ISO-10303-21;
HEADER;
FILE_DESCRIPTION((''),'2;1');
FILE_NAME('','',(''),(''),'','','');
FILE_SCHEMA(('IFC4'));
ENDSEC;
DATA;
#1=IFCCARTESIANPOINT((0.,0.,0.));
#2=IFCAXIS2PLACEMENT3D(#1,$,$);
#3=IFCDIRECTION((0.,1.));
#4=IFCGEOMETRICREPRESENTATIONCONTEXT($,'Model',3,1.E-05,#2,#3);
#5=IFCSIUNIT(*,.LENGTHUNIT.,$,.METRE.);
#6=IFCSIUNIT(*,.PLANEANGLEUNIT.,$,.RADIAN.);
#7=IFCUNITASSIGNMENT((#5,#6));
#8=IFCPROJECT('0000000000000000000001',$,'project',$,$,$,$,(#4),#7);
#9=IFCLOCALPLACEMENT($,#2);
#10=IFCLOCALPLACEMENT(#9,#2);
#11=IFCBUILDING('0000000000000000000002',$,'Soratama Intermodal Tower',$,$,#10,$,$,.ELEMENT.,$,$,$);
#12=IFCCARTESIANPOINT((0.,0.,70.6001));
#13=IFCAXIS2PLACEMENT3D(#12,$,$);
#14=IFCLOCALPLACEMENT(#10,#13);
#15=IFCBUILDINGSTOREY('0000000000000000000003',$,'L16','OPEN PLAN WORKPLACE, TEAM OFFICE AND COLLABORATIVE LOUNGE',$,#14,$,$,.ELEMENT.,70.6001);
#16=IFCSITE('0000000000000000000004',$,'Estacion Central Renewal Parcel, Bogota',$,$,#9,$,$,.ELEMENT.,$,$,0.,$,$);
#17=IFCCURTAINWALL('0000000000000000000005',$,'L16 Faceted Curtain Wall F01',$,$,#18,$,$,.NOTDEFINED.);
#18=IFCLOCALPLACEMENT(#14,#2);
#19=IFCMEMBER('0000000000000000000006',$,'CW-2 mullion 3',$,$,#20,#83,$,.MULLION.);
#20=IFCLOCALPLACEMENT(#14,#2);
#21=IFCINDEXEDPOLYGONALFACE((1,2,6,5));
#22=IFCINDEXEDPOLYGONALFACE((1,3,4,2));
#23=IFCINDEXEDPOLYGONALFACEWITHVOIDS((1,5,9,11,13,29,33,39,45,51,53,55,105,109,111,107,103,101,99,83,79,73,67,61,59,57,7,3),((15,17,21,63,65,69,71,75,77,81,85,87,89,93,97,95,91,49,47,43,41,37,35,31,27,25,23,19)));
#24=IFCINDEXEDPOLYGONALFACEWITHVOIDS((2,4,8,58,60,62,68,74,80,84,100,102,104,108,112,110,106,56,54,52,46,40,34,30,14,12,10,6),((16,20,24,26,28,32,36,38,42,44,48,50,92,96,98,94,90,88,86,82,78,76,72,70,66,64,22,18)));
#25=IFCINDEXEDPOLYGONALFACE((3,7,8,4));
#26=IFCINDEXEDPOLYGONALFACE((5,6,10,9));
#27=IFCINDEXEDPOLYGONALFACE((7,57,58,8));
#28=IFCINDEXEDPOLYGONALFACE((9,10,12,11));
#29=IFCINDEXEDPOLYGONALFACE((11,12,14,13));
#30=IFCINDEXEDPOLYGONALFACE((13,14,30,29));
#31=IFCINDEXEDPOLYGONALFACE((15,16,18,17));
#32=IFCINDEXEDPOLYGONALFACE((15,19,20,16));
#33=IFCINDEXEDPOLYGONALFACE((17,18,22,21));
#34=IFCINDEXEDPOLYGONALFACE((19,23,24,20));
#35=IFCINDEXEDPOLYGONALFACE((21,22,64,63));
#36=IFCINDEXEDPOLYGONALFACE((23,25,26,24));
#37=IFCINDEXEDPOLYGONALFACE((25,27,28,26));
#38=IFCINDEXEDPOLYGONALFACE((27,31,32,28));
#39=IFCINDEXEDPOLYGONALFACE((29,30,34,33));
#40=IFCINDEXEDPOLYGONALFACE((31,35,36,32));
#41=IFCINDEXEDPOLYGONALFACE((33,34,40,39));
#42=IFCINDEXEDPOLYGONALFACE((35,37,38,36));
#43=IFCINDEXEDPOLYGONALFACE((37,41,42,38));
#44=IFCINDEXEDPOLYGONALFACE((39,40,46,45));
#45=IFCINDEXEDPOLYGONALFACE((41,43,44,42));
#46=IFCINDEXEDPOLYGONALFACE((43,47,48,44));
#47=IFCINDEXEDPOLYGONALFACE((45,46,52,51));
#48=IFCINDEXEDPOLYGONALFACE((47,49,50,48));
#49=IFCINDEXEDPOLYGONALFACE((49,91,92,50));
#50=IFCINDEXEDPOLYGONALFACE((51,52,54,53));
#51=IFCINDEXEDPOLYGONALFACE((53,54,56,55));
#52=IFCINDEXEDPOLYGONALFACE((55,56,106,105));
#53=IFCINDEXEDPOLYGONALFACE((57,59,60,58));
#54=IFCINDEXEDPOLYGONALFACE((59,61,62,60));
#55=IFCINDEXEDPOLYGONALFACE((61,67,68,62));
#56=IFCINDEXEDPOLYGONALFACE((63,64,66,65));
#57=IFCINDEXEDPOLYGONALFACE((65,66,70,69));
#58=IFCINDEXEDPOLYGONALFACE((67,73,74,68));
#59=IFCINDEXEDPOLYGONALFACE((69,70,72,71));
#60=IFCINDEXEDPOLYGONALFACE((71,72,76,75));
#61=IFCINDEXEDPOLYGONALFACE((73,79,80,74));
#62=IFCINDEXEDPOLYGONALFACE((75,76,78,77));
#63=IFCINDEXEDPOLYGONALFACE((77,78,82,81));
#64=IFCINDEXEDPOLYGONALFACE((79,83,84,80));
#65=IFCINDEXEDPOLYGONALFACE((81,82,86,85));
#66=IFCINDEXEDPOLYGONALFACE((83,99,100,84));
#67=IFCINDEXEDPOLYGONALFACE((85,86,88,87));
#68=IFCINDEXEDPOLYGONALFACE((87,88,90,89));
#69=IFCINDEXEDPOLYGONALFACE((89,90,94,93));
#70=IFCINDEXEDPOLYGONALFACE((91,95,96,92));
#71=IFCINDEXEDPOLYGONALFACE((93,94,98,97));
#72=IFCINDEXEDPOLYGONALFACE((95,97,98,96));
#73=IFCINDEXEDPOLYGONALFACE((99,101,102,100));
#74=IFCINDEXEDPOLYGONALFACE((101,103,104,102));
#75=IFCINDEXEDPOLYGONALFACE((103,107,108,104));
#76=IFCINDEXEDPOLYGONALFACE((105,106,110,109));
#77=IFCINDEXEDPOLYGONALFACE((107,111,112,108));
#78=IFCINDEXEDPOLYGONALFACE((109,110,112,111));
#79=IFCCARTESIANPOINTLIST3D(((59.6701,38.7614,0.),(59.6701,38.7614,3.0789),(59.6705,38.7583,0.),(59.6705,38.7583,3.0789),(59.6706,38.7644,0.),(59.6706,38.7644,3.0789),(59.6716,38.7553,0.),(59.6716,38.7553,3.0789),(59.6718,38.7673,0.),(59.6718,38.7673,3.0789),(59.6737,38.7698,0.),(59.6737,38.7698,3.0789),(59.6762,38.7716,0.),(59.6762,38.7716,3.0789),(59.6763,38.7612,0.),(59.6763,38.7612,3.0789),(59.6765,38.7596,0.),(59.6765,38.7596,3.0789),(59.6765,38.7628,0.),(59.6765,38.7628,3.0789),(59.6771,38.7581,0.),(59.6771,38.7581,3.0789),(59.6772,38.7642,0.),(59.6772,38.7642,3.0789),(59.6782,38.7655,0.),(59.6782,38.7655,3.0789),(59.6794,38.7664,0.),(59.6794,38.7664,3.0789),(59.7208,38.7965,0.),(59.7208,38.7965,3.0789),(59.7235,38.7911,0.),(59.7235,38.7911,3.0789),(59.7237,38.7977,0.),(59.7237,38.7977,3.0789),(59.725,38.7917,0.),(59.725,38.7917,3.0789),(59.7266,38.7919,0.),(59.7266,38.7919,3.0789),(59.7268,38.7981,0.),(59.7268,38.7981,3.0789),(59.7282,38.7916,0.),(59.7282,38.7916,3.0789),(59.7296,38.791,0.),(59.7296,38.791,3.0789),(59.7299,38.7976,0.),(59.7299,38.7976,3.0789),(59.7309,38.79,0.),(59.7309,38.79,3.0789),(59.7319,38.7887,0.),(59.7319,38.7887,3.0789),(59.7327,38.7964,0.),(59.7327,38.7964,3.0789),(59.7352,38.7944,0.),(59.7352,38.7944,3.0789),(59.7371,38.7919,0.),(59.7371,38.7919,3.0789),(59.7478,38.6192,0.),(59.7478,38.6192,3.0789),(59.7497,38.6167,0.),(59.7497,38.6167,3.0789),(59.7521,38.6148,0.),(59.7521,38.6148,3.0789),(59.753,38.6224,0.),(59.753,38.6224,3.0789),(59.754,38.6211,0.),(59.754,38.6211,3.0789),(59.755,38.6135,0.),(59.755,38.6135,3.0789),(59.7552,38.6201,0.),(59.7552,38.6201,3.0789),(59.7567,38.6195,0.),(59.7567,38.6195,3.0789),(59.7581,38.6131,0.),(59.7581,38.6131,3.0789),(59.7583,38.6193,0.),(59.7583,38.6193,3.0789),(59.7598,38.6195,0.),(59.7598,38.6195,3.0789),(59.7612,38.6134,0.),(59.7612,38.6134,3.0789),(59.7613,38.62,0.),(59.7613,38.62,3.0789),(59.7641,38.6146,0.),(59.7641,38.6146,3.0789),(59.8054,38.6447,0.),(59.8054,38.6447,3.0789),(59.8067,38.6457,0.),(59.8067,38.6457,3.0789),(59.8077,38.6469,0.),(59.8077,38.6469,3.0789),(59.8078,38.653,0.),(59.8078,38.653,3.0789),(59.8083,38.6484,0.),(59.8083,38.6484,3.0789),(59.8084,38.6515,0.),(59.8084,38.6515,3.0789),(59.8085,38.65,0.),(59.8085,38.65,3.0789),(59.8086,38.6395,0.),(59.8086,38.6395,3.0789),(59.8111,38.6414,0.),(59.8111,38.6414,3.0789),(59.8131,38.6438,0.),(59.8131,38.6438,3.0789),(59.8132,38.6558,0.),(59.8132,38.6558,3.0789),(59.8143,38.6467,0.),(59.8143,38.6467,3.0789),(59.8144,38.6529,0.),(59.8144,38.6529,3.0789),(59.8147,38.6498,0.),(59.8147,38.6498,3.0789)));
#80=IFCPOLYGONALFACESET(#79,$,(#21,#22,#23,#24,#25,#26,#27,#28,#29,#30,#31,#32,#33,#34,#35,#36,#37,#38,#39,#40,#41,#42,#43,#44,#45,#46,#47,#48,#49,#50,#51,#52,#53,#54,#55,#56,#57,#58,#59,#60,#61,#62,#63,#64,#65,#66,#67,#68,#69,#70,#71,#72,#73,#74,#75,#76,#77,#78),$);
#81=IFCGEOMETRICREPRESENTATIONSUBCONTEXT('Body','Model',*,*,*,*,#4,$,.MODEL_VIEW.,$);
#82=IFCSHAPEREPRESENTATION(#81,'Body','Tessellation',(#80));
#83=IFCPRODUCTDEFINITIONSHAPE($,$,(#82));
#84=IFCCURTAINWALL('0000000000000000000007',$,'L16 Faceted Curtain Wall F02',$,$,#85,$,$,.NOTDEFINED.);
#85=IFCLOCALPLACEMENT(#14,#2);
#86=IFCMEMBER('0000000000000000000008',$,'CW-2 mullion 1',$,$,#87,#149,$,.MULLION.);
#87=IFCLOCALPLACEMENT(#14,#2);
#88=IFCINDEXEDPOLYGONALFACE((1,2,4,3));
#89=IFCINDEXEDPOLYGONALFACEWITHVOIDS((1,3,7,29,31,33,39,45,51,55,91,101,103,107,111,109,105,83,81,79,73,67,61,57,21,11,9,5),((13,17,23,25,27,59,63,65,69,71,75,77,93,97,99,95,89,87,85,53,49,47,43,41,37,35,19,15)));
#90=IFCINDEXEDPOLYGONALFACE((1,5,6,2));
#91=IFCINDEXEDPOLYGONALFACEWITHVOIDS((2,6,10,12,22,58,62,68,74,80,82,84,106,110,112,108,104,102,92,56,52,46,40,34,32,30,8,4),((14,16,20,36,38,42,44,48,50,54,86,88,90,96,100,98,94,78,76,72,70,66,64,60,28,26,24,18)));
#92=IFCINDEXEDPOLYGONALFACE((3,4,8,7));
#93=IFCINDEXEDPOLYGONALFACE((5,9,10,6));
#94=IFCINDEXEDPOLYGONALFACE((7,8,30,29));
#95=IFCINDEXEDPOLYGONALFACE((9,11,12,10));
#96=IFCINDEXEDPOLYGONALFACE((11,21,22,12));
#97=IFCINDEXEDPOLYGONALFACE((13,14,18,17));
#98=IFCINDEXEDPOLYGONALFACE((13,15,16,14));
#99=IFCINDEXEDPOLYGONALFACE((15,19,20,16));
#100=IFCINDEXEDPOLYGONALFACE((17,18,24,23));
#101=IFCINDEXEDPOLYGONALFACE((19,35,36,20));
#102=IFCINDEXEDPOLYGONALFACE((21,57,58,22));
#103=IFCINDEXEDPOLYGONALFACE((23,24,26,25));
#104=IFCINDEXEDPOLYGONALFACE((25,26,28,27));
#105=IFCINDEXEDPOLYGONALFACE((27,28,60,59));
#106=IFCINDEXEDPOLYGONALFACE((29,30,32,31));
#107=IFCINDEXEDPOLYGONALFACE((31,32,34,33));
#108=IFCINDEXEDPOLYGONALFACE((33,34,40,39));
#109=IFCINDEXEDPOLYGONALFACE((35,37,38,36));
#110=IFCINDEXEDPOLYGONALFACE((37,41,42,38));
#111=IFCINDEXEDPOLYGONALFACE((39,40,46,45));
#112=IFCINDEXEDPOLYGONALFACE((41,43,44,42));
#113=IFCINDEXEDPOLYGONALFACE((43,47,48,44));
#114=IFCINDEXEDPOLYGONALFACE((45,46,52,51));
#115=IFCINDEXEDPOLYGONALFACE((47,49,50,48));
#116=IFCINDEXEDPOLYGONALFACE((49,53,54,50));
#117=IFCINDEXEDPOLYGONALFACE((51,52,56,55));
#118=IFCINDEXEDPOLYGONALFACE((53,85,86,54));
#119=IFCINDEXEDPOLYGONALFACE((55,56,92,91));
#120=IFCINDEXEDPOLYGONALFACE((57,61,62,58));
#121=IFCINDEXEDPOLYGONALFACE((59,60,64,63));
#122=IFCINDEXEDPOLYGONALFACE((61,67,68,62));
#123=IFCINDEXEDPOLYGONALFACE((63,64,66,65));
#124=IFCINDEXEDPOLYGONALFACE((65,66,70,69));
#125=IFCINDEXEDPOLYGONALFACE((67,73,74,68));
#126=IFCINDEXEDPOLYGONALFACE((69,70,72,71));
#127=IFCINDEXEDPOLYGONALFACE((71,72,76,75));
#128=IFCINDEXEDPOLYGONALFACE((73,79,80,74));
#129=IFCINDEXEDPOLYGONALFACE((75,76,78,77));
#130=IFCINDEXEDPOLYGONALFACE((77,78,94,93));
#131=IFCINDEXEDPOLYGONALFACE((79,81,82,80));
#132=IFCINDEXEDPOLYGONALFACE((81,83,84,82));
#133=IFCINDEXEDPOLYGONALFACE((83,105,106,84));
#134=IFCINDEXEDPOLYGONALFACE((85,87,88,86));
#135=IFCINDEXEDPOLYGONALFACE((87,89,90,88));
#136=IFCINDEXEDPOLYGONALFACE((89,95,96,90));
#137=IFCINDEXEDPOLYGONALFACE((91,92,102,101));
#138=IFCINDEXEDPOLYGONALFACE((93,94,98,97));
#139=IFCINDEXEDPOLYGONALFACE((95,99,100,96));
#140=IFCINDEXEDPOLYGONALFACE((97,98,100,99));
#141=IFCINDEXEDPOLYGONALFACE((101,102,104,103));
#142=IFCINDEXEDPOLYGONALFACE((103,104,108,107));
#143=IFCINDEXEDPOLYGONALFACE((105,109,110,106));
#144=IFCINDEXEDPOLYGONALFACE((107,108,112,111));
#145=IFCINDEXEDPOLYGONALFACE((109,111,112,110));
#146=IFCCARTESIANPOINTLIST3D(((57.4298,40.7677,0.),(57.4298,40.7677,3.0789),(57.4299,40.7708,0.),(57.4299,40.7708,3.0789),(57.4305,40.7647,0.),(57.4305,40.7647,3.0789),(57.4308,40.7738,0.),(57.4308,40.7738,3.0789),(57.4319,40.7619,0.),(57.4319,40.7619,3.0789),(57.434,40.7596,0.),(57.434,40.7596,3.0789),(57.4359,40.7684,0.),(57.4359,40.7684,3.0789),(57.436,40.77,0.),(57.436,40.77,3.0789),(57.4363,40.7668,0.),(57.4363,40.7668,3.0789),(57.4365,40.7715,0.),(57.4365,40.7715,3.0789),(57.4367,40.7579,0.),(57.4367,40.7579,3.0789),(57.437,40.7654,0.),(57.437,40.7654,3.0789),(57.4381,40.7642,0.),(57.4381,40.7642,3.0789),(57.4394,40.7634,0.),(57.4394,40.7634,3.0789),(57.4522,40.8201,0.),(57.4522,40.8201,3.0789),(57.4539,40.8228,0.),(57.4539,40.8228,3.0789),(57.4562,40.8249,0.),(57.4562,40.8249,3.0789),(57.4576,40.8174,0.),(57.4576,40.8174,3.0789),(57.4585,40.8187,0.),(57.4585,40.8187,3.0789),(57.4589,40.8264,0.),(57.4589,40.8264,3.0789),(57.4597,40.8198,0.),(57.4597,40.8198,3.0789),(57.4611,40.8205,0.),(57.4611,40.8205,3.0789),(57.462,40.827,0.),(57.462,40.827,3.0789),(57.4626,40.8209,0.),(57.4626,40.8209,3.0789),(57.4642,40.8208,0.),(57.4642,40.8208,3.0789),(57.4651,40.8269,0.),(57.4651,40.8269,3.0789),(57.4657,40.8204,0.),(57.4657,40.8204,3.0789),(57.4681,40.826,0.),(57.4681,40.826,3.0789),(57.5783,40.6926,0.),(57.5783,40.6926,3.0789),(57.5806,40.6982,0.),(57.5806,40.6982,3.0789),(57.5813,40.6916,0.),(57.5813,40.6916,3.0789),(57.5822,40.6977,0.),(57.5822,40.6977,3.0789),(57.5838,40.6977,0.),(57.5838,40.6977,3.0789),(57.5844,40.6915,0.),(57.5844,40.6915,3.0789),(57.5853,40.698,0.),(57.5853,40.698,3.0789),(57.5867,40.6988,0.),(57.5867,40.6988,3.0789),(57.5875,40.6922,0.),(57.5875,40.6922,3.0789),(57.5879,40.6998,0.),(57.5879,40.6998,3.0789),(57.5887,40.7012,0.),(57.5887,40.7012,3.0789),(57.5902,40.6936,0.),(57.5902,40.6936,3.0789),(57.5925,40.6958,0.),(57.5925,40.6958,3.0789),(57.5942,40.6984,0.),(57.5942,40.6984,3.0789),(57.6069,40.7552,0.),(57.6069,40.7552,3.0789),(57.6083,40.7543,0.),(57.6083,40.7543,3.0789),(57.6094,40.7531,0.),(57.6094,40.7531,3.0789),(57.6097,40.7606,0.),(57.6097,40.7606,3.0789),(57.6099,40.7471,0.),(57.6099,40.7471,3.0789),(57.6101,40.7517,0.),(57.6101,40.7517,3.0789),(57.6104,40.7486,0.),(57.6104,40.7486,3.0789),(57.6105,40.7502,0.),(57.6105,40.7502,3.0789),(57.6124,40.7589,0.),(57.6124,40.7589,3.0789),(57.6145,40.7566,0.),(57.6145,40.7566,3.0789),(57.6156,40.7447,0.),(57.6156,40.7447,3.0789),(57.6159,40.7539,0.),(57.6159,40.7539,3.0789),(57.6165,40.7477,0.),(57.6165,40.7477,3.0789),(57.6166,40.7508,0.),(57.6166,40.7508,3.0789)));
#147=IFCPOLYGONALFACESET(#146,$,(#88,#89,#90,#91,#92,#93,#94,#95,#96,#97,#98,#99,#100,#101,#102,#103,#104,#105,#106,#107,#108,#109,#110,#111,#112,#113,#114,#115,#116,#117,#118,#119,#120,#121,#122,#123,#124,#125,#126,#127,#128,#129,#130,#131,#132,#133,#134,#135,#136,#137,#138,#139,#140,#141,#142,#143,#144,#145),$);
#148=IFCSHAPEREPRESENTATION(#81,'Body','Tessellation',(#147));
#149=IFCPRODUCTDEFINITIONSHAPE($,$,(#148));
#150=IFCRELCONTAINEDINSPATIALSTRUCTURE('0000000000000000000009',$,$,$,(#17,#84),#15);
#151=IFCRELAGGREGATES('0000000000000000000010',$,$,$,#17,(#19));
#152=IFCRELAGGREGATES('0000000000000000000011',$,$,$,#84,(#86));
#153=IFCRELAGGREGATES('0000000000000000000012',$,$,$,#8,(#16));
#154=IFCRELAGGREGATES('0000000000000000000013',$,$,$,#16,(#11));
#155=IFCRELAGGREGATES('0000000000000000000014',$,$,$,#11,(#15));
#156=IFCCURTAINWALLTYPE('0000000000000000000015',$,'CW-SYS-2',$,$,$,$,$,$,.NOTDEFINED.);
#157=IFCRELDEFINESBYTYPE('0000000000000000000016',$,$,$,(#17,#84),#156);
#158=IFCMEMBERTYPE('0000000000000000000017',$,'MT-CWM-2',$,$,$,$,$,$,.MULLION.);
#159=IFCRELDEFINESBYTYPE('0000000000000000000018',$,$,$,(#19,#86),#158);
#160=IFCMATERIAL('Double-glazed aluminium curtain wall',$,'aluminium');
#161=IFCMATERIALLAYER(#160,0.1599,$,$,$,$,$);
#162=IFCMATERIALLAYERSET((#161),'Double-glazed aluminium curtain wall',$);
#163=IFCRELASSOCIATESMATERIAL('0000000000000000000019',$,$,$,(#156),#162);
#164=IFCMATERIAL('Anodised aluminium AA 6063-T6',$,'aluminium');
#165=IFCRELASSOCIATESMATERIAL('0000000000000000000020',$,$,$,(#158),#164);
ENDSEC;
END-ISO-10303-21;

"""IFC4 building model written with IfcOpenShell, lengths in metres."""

from ifc_helpers import new_model, si_unit, direction, frame, origin, origin_2d, place, context, subcontext, project, spatial, hollow_rectangle, extrude, material, layer, layer_set, material_profile, profile_set, type_object, element, aggregate, save


model = new_model("IFC4")

# Units and contexts
model_context = context("Model", 3, precision=1e-05, world=origin(), true_north=direction((0.0, 1.0)))
body_context = subcontext(model_context, "Body", "Model", "MODEL_VIEW")
ifc_project = project(units=[si_unit("LENGTHUNIT", "METRE"), si_unit("PLANEANGLEUNIT", "RADIAN")], contexts=[model_context])

# Site, building, storey
site_placement = place(None, origin())
site = spatial("IfcSite", under=ifc_project, at=site_placement, Name="Estacion Central Renewal Parcel, Bogota", CompositionType="ELEMENT", RefElevation=0.0)
building_placement = place(site_placement, origin())
building = spatial("IfcBuilding", under=site, at=building_placement, Name="Soratama Intermodal Tower", CompositionType="ELEMENT")
storey_placement = place(building_placement, frame((0.0, 0.0, 70.6001)))
storey = spatial("IfcBuildingStorey", under=building, at=storey_placement, Name="L16", Description="OPEN PLAN WORKPLACE, TEAM OFFICE AND COLLABORATIVE LOUNGE", CompositionType="ELEMENT", Elevation=70.6001)

# Curtain wall, member
ifc_material_1 = material(Name="Double-glazed aluminium curtain wall", Category="aluminium")
ifc_layer_1 = layer(ifc_material_1, 0.1599)
ifc_layer_set_1 = layer_set([ifc_layer_1], Name="Double-glazed aluminium curtain wall")
curtain_wall_type = type_object("IfcCurtainWallType", Name="CW-SYS-2", PredefinedType="NOTDEFINED", material=ifc_layer_set_1)
curtain_wall_1_placement = place(storey_placement, origin())
curtain_wall_1 = element("IfcCurtainWall", 1, at=curtain_wall_1_placement, inside=storey, type_object=curtain_wall_type, Name="L16 Faceted Curtain Wall F01", PredefinedType="NOTDEFINED")
ifc_material_2 = material(Name="Anodised aluminium AA 6063-T6", Category="aluminium")
ifc_material_profile_1 = material_profile(ifc_material_2, hollow_rectangle(XDim=0.075, YDim=0.1799, WallThickness=0.0061, InnerFilletRadius=0.0061, OuterFilletRadius=0.012, at=origin_2d()), Name="CWM180X75X6")
ifc_profile_set_1 = profile_set([ifc_material_profile_1], Name="Anodised aluminium AA 6063-T6")
member_type_1 = type_object("IfcMemberType", Name="MT-CWM-2", PredefinedType="MULLION", material=ifc_profile_set_1)
member_1_placement = place(storey_placement, frame((59.7424, 38.7056, 0.0), z_axis=(0.0, 0.0, 1.0), x_axis=(-0.872756, -0.488157, 0.0)))
member_1 = element("IfcMember", 2, at=member_1_placement, type_object=member_type_1, Name="CW-2 mullion 3", PredefinedType="MULLION", context=body_context, shape_type="SweptSolid", body=[
    extrude(hollow_rectangle(XDim=0.075, YDim=0.1799, WallThickness=0.0061, InnerFilletRadius=0.0061, OuterFilletRadius=0.012, at=origin_2d()), origin(), (0.0, 0.0, 1.0), 3.0789),
])
aggregate(curtain_wall_1, [member_1])

# Curtain wall, member
curtain_wall_2_placement = place(storey_placement, origin())
curtain_wall_2 = element("IfcCurtainWall", 3, at=curtain_wall_2_placement, inside=storey, type_object=curtain_wall_type, Name="L16 Faceted Curtain Wall F02", PredefinedType="NOTDEFINED")
member_2_placement = place(storey_placement, frame((57.5232, 40.7593, 0.0), z_axis=(0.0, 0.0, 1.0), x_axis=(-0.419138, -0.907923, 0.0)))
member_2 = element("IfcMember", 4, at=member_2_placement, type_object=member_type_1, Name="CW-2 mullion 1", PredefinedType="MULLION", context=body_context, shape_type="SweptSolid", body=[
    extrude(hollow_rectangle(XDim=0.075, YDim=0.1799, WallThickness=0.0061, InnerFilletRadius=0.0061, OuterFilletRadius=0.012, at=origin_2d()), origin(), (0.0, 0.0, 1.0), 3.0789),
])
aggregate(curtain_wall_2, [member_2])

save(model, "model.ifc")
